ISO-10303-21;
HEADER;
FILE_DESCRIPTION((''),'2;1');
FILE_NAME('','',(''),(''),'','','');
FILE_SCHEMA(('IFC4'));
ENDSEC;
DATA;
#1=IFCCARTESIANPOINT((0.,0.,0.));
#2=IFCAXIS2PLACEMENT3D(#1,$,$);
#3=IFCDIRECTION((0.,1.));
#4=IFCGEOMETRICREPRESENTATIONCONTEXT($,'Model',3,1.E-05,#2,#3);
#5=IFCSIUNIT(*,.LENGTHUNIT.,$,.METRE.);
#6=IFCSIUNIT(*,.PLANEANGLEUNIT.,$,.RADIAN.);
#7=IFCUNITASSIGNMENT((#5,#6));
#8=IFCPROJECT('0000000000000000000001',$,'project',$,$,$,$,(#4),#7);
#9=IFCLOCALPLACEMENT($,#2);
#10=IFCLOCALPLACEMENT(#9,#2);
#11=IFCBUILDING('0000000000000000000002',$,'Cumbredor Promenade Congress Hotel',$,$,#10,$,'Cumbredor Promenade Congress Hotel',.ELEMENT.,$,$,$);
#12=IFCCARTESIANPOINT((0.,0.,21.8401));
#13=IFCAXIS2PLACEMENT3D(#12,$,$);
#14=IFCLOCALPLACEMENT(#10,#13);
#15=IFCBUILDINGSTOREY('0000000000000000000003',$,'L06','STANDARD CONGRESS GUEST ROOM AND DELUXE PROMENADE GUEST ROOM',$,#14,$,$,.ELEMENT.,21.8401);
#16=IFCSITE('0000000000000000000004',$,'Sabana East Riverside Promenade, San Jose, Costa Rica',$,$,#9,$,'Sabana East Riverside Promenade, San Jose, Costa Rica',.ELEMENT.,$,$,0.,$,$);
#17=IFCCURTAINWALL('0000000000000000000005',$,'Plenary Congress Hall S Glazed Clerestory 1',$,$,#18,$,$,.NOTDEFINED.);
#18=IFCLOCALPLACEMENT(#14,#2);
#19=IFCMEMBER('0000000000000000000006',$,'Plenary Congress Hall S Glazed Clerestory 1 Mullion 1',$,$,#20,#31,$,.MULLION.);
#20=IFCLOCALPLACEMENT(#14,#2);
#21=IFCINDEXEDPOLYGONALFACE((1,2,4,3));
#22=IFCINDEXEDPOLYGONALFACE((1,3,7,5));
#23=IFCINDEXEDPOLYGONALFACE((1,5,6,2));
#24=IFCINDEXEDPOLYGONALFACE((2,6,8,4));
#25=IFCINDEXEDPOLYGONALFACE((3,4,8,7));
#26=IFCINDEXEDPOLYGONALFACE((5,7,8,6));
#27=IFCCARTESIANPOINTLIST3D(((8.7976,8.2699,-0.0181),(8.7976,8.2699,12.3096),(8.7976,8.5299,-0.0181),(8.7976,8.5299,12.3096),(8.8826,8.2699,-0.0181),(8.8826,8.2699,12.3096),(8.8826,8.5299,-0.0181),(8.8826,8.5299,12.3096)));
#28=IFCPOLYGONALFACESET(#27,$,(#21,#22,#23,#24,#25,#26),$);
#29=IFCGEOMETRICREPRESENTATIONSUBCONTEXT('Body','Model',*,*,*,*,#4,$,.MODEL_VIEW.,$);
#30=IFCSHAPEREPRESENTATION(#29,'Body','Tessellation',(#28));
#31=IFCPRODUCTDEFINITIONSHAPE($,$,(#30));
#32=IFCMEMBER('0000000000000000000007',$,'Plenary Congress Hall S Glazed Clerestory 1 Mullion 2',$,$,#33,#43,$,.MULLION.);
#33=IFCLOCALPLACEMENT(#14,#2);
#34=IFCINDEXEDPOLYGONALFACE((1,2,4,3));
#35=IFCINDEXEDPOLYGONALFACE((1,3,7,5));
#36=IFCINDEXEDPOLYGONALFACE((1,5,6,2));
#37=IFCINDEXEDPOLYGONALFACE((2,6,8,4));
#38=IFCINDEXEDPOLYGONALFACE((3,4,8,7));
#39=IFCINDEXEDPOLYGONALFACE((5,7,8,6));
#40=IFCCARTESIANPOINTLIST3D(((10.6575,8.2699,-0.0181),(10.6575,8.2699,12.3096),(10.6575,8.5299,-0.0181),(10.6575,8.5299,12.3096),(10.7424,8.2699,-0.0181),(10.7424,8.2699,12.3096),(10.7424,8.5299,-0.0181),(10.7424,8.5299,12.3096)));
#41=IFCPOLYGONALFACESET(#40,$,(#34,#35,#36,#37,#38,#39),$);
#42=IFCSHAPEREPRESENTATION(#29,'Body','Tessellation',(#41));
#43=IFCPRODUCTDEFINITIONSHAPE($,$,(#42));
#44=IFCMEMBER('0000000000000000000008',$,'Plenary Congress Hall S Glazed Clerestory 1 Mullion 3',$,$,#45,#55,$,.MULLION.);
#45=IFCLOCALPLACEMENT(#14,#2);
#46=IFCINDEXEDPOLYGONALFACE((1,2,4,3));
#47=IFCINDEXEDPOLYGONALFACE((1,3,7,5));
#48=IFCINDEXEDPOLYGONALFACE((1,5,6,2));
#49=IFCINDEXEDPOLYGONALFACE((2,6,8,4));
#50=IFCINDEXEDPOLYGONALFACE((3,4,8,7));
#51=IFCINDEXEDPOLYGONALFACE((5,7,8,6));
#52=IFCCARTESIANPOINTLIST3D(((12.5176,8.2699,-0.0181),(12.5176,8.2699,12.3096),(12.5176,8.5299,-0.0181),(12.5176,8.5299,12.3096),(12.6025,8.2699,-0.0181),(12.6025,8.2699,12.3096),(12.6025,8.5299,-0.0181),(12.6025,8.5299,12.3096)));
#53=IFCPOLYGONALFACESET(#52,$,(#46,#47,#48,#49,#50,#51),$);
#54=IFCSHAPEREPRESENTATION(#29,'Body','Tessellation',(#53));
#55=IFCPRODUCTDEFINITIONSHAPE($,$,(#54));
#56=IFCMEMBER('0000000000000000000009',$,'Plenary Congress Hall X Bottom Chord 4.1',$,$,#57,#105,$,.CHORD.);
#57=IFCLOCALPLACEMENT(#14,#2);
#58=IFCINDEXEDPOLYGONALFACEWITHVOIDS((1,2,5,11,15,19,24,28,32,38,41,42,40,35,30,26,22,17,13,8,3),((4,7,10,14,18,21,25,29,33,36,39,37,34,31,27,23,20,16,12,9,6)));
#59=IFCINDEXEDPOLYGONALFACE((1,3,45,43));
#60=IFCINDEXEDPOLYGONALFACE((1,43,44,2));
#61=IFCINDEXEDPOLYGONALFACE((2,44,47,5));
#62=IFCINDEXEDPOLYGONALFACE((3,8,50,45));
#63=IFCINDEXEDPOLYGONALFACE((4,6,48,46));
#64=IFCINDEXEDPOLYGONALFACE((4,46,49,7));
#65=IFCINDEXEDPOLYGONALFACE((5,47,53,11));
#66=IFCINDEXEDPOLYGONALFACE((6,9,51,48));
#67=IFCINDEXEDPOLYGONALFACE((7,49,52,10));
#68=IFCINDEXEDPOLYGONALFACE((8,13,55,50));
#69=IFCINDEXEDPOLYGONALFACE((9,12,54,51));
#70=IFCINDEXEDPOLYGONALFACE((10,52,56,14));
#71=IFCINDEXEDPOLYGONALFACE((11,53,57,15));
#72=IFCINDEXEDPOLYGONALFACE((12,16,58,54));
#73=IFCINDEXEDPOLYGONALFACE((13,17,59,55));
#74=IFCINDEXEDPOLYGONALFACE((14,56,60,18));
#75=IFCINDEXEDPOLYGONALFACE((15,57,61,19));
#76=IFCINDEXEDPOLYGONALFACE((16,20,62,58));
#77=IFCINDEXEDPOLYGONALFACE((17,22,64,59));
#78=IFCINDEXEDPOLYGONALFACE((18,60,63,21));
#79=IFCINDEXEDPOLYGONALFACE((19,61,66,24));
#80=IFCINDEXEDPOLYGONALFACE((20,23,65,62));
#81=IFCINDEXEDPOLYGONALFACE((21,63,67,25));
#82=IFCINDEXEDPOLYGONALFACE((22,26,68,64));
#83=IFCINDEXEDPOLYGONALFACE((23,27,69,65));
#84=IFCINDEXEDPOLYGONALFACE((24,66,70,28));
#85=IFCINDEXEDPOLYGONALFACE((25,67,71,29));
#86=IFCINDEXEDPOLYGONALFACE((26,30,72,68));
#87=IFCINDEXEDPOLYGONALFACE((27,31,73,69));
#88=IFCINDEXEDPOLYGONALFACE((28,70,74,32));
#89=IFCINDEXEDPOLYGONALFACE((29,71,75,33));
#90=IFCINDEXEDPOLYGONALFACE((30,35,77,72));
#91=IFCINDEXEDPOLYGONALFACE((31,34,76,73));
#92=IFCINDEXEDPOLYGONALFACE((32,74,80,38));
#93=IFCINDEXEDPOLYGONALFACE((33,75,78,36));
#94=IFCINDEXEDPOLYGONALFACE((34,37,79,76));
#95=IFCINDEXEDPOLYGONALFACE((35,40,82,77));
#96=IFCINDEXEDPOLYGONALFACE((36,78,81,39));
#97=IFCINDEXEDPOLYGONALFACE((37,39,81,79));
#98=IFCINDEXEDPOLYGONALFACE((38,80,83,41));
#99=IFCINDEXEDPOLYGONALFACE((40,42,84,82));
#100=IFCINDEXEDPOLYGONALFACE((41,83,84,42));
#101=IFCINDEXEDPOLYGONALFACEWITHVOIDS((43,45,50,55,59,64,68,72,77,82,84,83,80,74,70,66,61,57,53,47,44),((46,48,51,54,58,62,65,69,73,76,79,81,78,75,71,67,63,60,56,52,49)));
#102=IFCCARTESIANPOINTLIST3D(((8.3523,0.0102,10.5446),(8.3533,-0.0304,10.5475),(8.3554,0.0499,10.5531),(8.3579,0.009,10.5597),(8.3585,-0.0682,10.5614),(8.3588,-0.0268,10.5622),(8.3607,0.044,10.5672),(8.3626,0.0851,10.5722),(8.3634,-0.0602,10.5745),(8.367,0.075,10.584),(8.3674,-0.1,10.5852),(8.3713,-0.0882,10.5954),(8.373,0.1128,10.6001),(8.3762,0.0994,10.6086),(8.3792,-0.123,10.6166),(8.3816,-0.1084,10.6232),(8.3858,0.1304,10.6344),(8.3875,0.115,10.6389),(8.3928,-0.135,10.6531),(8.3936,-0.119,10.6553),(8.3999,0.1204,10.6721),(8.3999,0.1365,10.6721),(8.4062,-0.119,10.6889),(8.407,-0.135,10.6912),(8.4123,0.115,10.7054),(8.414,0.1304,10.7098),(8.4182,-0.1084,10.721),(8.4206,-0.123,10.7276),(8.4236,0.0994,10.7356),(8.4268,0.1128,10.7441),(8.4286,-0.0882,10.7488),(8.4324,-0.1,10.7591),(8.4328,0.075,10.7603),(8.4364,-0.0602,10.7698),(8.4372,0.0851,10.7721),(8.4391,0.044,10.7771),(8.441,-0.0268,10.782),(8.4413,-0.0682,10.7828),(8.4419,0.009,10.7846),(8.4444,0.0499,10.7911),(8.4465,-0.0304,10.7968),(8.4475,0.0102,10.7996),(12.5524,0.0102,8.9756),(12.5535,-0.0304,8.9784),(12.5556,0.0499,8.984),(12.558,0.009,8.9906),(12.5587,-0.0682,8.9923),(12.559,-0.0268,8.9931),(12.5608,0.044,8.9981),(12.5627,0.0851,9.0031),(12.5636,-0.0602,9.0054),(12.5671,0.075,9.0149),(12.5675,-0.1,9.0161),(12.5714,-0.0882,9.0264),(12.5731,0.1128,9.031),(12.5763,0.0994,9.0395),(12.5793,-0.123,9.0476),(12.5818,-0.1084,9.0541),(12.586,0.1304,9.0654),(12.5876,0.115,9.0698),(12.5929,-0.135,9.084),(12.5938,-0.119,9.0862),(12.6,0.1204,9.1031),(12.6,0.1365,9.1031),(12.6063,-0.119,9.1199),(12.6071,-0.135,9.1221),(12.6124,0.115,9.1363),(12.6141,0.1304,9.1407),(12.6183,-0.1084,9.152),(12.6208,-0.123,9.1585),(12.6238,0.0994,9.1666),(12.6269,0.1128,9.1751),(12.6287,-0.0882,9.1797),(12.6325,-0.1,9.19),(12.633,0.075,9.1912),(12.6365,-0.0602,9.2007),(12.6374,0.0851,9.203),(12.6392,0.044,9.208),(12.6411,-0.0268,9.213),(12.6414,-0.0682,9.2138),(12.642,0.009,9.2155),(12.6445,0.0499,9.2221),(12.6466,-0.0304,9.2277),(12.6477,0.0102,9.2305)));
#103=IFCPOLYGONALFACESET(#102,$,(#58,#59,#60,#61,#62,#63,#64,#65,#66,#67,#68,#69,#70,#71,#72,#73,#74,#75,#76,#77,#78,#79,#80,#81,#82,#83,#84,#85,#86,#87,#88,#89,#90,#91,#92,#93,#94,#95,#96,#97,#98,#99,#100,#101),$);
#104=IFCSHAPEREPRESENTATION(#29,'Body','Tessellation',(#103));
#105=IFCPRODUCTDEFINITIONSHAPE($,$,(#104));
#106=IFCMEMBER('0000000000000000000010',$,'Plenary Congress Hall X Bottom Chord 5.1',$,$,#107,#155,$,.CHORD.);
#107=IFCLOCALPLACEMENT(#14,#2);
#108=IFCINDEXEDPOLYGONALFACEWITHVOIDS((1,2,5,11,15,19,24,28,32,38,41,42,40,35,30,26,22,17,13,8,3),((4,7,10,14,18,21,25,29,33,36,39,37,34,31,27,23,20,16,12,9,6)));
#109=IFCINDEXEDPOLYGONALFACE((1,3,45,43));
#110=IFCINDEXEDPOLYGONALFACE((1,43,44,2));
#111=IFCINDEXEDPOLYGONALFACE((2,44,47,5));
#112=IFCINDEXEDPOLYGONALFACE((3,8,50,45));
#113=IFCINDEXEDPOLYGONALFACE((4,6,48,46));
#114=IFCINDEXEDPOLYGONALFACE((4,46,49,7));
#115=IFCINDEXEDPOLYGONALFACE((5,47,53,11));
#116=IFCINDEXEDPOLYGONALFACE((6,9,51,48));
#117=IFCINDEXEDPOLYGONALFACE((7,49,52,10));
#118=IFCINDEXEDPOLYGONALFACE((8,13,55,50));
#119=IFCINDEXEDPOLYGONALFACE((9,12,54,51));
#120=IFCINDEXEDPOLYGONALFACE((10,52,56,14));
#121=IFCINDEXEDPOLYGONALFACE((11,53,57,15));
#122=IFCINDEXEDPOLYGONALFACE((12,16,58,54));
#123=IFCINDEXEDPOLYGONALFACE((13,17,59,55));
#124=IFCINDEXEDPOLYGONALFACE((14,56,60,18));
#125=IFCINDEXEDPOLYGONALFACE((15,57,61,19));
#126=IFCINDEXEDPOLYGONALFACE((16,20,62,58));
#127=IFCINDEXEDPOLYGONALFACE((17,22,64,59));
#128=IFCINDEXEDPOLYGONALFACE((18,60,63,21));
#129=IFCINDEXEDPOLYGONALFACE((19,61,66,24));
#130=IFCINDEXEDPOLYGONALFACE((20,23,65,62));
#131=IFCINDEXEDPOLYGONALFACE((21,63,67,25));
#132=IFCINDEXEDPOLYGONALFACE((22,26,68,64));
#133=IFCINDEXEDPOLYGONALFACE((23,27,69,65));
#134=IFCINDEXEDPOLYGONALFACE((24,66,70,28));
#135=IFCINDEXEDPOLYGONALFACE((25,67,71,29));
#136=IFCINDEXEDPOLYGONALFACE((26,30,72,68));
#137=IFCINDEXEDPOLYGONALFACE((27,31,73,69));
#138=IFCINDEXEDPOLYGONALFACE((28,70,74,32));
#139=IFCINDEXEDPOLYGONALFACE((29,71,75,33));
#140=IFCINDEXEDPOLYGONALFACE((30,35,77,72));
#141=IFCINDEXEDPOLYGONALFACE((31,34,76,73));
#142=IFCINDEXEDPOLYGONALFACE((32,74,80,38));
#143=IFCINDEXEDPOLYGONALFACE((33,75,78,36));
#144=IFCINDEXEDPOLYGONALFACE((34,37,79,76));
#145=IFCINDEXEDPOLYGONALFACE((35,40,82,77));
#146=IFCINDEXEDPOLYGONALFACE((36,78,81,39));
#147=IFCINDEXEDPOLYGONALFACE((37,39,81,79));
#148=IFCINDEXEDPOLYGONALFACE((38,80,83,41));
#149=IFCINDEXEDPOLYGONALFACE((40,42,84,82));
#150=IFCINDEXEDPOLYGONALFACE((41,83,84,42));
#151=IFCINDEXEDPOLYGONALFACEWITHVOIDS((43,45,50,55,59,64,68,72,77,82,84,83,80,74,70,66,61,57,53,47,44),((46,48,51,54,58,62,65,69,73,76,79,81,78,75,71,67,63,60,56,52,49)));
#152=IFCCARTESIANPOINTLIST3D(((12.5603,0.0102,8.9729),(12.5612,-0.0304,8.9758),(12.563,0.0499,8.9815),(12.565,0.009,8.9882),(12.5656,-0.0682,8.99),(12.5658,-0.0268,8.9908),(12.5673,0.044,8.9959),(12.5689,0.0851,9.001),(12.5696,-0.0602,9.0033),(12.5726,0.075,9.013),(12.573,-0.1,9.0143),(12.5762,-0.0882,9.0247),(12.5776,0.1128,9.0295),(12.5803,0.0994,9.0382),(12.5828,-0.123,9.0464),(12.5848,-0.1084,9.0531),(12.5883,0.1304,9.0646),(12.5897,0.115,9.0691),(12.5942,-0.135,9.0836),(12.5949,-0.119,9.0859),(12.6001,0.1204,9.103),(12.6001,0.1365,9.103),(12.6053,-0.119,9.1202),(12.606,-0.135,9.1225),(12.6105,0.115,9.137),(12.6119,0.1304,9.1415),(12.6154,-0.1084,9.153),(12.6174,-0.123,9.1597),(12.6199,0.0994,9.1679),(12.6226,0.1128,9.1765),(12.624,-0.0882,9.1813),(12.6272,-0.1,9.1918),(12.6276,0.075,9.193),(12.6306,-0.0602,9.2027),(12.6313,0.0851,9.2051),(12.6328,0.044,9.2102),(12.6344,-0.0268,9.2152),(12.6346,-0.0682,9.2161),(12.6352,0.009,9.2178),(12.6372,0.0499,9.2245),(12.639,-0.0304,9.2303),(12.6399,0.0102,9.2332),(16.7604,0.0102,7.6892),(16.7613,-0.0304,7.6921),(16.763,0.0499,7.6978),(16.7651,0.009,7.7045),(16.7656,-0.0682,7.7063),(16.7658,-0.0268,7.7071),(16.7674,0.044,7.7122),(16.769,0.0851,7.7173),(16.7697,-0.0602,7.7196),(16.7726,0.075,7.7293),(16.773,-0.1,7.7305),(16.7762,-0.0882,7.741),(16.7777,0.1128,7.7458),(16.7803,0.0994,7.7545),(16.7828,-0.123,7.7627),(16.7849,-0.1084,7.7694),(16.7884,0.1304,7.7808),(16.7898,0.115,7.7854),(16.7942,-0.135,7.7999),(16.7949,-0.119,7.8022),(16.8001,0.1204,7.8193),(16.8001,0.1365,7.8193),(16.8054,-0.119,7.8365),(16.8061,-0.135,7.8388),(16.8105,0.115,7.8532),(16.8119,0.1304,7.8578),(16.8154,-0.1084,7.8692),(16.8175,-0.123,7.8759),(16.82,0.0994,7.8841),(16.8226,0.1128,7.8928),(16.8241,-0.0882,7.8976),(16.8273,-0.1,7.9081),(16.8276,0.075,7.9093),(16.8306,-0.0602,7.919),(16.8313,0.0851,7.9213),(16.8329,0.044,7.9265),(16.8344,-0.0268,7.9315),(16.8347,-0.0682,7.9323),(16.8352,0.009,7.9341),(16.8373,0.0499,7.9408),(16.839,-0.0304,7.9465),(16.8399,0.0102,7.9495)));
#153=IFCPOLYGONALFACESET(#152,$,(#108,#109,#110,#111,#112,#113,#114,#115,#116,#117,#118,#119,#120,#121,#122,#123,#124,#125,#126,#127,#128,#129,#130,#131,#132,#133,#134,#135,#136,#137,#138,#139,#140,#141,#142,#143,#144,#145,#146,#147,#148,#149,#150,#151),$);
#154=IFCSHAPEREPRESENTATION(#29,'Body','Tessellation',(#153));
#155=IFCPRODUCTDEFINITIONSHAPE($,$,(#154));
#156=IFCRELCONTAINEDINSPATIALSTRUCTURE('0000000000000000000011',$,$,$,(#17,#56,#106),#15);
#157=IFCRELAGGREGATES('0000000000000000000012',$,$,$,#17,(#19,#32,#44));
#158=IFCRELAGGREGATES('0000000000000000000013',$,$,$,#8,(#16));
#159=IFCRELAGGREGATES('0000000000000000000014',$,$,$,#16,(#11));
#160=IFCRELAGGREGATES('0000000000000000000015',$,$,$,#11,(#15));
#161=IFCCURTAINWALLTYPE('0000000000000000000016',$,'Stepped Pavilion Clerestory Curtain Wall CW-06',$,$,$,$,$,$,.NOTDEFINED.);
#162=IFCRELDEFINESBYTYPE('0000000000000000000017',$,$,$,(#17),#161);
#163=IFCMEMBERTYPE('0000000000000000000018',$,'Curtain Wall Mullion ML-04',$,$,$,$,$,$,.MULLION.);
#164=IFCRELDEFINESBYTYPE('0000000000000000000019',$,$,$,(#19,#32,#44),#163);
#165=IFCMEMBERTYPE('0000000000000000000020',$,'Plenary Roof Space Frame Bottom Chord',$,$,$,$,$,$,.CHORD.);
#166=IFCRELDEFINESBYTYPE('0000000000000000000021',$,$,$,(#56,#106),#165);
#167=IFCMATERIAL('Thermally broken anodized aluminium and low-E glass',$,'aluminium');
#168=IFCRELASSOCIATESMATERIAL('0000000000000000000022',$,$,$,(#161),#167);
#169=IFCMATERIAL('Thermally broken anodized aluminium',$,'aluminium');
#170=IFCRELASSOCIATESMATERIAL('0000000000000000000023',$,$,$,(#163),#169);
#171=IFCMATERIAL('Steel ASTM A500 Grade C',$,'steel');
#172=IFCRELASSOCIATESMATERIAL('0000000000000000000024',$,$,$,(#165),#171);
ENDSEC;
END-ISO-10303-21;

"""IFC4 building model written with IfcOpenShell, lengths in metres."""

from ifc_helpers import new_model, si_unit, direction, frame, origin, origin_2d, place, context, subcontext, project, spatial, rectangle, hollow_circle, extrude, material, material_profile, profile_set, type_object, element, aggregate, save


model = new_model("IFC4")

# Units and contexts
model_context = context("Model", 3, precision=1e-05, world=origin(), true_north=direction((0.0, 1.0)))
body_context = subcontext(model_context, "Body", "Model", "MODEL_VIEW")
ifc_project = project(units=[si_unit("LENGTHUNIT", "METRE"), si_unit("PLANEANGLEUNIT", "RADIAN")], contexts=[model_context])

# Site, building, storey
site_placement = place(None, origin())
site = spatial("IfcSite", under=ifc_project, at=site_placement, Name="Sabana East Riverside Promenade, San Jose, Costa Rica", LongName="Sabana East Riverside Promenade, San Jose, Costa Rica", CompositionType="ELEMENT", RefElevation=0.0)
building_placement = place(site_placement, origin())
building = spatial("IfcBuilding", under=site, at=building_placement, Name="Cumbredor Promenade Congress Hotel", LongName="Cumbredor Promenade Congress Hotel", CompositionType="ELEMENT")
storey_placement = place(building_placement, frame((0.0, 0.0, 21.8401)))
storey = spatial("IfcBuildingStorey", under=building, at=storey_placement, Name="L06", Description="STANDARD CONGRESS GUEST ROOM AND DELUXE PROMENADE GUEST ROOM", CompositionType="ELEMENT", Elevation=21.8401)

# Curtain wall, members
ifc_material_1 = material(Name="Thermally broken anodized aluminium and low-E glass", Category="aluminium")
curtain_wall_type = type_object("IfcCurtainWallType", Name="Stepped Pavilion Clerestory Curtain Wall CW-06", PredefinedType="NOTDEFINED", material=ifc_material_1)
curtain_wall_placement = place(storey_placement, origin())
curtain_wall = element("IfcCurtainWall", 1, at=curtain_wall_placement, inside=storey, type_object=curtain_wall_type, Name="Plenary Congress Hall S Glazed Clerestory 1", PredefinedType="NOTDEFINED")
ifc_material_2 = material(Name="Thermally broken anodized aluminium", Category="aluminium")
ifc_material_profile_1 = material_profile(ifc_material_2, rectangle(XDim=0.085, YDim=0.26, at=origin_2d()), Name="ALU MULLION CLERESTORY 85x260")
ifc_profile_set_1 = profile_set([ifc_material_profile_1], Name="Thermally broken anodized aluminium")
member_type_1 = type_object("IfcMemberType", Name="Curtain Wall Mullion ML-04", PredefinedType="MULLION", material=ifc_profile_set_1)
member_1_placement = place(storey_placement, frame((8.8401, 8.3999, -0.0181), z_axis=(0.0, 0.0, 1.0), x_axis=(1.0, 0.0, 0.0)))
member_1 = element("IfcMember", 2, at=member_1_placement, type_object=member_type_1, Name="Plenary Congress Hall S Glazed Clerestory 1 Mullion 1", PredefinedType="MULLION", context=body_context, shape_type="SweptSolid", body=[
    extrude(rectangle(XDim=0.085, YDim=0.26, at=origin_2d()), origin(), (0.0, 0.0, 1.0), 12.3276),
])
member_2_placement = place(storey_placement, frame((10.7, 8.3999, -0.0181), z_axis=(0.0, 0.0, 1.0), x_axis=(1.0, 0.0, 0.0)))
member_2 = element("IfcMember", 3, at=member_2_placement, type_object=member_type_1, Name="Plenary Congress Hall S Glazed Clerestory 1 Mullion 2", PredefinedType="MULLION", context=body_context, shape_type="SweptSolid", body=[
    extrude(rectangle(XDim=0.085, YDim=0.26, at=origin_2d()), origin(), (0.0, 0.0, 1.0), 12.3276),
])
member_3_placement = place(storey_placement, frame((12.5601, 8.3999, -0.0181), z_axis=(0.0, 0.0, 1.0), x_axis=(1.0, 0.0, 0.0)))
member_3 = element("IfcMember", 4, at=member_3_placement, type_object=member_type_1, Name="Plenary Congress Hall S Glazed Clerestory 1 Mullion 3", PredefinedType="MULLION", context=body_context, shape_type="SweptSolid", body=[
    extrude(rectangle(XDim=0.085, YDim=0.26, at=origin_2d()), origin(), (0.0, 0.0, 1.0), 12.3276),
])
aggregate(curtain_wall, [member_1, member_2, member_3])

# Members
ifc_material_3 = material(Name="Steel ASTM A500 Grade C", Category="steel")
ifc_material_profile_2 = material_profile(ifc_material_3, hollow_circle(Radius=0.1365, WallThickness=0.0161, at=origin_2d()), Name="CHS 273.0x16")
ifc_profile_set_2 = profile_set([ifc_material_profile_2], Name="Steel ASTM A500 Grade C")
member_type_2 = type_object("IfcMemberType", Name="Plenary Roof Space Frame Bottom Chord", PredefinedType="CHORD", material=ifc_profile_set_2)
member_4_placement = place(storey_placement, frame((8.3999, 0.0, 10.6721), z_axis=(0.936767, 0.0, -0.349954), x_axis=(0.0, 1.0, 0.0)))
element("IfcMember", 5, at=member_4_placement, inside=storey, type_object=member_type_2, Name="Plenary Congress Hall X Bottom Chord 4.1", PredefinedType="CHORD", context=body_context, shape_type="SweptSolid", body=[
    extrude(hollow_circle(Radius=0.1365, WallThickness=0.0161, at=origin_2d()), origin(), (0.0, 0.0, 1.0), 4.4836),
])
member_5_placement = place(storey_placement, frame((12.6001, 0.0, 9.103), z_axis=(0.956328, 0.0, -0.292296), x_axis=(0.0, 1.0, 0.0)))
element("IfcMember", 6, at=member_5_placement, inside=storey, type_object=member_type_2, Name="Plenary Congress Hall X Bottom Chord 5.1", PredefinedType="CHORD", context=body_context, shape_type="SweptSolid", body=[
    extrude(hollow_circle(Radius=0.1365, WallThickness=0.0161, at=origin_2d()), origin(), (0.0, 0.0, 1.0), 4.3918),
])

save(model, "model.ifc")
